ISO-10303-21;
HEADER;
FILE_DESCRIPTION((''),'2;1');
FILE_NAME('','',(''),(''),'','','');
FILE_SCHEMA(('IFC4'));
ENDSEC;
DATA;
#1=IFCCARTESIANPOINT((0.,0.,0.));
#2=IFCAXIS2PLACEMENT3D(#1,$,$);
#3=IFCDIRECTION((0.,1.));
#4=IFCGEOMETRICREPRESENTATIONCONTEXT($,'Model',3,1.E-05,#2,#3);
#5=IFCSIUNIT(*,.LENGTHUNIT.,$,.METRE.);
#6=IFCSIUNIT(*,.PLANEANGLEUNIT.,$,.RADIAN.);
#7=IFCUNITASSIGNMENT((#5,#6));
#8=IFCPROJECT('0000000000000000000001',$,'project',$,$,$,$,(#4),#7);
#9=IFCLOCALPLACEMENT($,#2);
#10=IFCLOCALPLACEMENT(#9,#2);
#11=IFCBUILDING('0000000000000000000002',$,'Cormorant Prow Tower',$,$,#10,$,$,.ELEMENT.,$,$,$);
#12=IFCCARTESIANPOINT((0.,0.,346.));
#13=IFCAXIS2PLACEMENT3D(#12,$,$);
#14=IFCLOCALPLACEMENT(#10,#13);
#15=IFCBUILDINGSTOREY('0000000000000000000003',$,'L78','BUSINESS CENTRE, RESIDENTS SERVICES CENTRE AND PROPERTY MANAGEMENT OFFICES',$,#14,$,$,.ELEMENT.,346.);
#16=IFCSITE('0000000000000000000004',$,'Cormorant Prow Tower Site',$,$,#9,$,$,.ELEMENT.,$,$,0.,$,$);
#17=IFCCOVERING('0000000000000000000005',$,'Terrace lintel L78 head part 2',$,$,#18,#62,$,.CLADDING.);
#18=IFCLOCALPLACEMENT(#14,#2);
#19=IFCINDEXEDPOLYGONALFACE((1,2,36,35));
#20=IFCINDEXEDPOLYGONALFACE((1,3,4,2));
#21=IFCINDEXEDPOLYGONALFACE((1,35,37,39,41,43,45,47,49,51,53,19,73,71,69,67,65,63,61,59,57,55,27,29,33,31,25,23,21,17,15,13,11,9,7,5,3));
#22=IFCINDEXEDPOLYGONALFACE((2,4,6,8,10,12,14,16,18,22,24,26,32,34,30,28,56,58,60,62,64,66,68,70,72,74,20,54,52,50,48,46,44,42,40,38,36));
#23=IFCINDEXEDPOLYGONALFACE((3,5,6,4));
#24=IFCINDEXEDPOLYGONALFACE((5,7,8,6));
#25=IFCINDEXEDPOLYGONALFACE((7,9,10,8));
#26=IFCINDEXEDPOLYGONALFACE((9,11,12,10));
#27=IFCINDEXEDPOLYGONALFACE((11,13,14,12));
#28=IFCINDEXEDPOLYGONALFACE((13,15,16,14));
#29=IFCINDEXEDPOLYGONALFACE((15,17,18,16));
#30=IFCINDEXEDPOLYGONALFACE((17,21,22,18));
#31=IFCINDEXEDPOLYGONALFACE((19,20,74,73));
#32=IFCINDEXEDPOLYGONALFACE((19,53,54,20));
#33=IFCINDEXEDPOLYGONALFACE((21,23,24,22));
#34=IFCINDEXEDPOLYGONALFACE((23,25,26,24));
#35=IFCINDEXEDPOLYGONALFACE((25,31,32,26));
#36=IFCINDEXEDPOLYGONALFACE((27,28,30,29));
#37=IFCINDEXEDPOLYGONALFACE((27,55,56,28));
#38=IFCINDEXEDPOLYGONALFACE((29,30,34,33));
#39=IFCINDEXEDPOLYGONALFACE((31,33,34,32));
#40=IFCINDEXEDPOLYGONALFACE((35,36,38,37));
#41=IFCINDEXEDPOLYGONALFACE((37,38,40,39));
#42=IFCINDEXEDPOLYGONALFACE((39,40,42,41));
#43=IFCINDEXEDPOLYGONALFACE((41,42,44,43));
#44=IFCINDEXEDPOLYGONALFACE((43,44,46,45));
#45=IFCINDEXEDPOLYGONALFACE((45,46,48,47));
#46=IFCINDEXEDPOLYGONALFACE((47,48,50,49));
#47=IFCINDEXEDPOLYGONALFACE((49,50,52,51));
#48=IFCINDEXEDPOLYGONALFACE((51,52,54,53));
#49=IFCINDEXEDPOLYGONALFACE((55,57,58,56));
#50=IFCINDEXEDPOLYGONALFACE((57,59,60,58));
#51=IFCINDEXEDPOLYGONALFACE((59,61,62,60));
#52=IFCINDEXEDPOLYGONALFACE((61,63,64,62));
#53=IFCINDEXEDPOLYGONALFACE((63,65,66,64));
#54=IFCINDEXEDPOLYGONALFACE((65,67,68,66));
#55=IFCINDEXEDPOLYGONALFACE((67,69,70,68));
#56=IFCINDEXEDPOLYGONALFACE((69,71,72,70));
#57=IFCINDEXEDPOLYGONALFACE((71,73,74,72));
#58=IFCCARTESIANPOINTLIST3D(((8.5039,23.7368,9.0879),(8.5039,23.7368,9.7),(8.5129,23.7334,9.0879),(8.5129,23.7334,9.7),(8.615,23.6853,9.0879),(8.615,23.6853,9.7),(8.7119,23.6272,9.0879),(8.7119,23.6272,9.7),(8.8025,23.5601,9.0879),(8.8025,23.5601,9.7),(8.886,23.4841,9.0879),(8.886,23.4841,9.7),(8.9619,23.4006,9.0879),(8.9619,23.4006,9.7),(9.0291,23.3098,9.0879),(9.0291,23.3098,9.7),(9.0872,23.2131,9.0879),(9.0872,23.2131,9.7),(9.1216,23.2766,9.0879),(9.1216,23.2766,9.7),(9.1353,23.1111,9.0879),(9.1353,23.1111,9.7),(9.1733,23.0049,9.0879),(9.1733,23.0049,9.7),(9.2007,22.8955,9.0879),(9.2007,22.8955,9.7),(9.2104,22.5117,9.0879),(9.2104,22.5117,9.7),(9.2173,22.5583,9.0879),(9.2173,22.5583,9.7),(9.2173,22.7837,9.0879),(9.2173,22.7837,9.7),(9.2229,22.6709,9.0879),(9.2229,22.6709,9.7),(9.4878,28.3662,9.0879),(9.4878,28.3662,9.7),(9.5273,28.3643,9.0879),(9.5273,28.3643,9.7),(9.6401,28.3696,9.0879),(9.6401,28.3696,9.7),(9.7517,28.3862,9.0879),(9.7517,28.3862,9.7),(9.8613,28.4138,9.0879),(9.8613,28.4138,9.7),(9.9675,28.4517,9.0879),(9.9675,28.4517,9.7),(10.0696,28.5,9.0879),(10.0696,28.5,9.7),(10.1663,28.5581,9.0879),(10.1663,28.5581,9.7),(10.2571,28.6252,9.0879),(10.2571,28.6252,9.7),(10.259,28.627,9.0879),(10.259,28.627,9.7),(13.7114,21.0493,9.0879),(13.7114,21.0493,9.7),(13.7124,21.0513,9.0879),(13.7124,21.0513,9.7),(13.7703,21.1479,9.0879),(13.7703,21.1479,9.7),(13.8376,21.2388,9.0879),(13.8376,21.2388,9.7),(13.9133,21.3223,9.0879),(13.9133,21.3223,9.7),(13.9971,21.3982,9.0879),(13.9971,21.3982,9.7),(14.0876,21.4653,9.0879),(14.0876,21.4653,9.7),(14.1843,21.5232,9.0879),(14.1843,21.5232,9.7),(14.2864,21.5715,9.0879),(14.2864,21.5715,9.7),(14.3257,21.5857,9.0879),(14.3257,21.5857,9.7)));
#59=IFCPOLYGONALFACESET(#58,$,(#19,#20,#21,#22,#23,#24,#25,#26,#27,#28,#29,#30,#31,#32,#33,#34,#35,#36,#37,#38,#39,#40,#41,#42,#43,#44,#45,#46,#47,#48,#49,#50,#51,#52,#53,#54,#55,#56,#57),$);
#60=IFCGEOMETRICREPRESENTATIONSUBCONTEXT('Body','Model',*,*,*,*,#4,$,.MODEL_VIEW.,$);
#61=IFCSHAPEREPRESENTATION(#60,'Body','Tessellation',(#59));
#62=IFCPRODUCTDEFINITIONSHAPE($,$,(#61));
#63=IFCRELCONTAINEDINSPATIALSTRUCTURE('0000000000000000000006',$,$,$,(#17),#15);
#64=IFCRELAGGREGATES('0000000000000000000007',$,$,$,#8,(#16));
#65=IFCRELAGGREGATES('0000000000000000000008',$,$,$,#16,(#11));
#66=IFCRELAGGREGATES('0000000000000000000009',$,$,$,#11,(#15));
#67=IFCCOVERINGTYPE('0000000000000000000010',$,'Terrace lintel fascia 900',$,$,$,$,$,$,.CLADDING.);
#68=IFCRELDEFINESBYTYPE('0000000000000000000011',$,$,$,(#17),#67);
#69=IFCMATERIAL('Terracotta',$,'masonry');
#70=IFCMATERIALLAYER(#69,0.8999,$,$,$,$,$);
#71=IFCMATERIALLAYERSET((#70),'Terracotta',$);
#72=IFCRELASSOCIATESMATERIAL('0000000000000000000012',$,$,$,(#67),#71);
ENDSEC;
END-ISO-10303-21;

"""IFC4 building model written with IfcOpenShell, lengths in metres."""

from ifc_helpers import new_model, si_unit, direction, frame, origin, place, context, subcontext, project, spatial, polyline, outline, extrude, material, layer, layer_set, type_object, element, save


model = new_model("IFC4")

# Units and contexts
model_context = context("Model", 3, precision=1e-05, world=origin(), true_north=direction((0.0, 1.0)))
body_context = subcontext(model_context, "Body", "Model", "MODEL_VIEW")
ifc_project = project(units=[si_unit("LENGTHUNIT", "METRE"), si_unit("PLANEANGLEUNIT", "RADIAN")], contexts=[model_context])

# Site, building, storey
site_placement = place(None, origin())
site = spatial("IfcSite", under=ifc_project, at=site_placement, Name="Cormorant Prow Tower Site", CompositionType="ELEMENT", RefElevation=0.0)
building_placement = place(site_placement, origin())
building = spatial("IfcBuilding", under=site, at=building_placement, Name="Cormorant Prow Tower", CompositionType="ELEMENT")
storey_placement = place(building_placement, frame((0.0, 0.0, 346.0)))
storey = spatial("IfcBuildingStorey", under=building, at=storey_placement, Name="L78", Description="BUSINESS CENTRE, RESIDENTS SERVICES CENTRE AND PROPERTY MANAGEMENT OFFICES", CompositionType="ELEMENT", Elevation=346.0)

# Covering
ifc_material_1 = material(Name="Terracotta", Category="masonry")
ifc_layer_1 = layer(ifc_material_1, 0.8999)
ifc_layer_set_1 = layer_set([ifc_layer_1], Name="Terracotta")
covering_type = type_object("IfcCoveringType", Name="Terrace lintel fascia 900", PredefinedType="CLADDING", material=ifc_layer_set_1)
covering_1_placement = place(storey_placement, frame((0.0, 0.0, 9.0879)))
element("IfcCovering", 1, at=covering_1_placement, inside=storey, type_object=covering_type, Name="Terrace lintel L78 head part 2", PredefinedType="CLADDING", context=body_context, shape_type="SweptSolid", body=[
    extrude(outline(polyline([(9.2173, 22.5583), (9.2229, 22.6709), (9.2173, 22.7837), (9.2007, 22.8955), (9.1733, 23.0049), (9.1353, 23.1111), (9.0872, 23.2131), (9.0291, 23.3098), (8.9619, 23.4006), (8.886, 23.4841), (8.8025, 23.5601), (8.7119, 23.6272), (8.615, 23.6853), (8.5129, 23.7334), (8.5039, 23.7368), (9.4878, 28.3662), (9.5273, 28.3643), (9.6401, 28.3696), (9.7517, 28.3862), (9.8613, 28.4138), (9.9675, 28.4517), (10.0696, 28.5), (10.1663, 28.5581), (10.2571, 28.6252), (10.259, 28.627), (9.1216, 23.2766), (14.3257, 21.5857), (14.2864, 21.5715), (14.1843, 21.5232), (14.0876, 21.4653), (13.9971, 21.3982), (13.9133, 21.3223), (13.8376, 21.2388), (13.7703, 21.1479), (13.7124, 21.0513), (13.7114, 21.0493), (9.2104, 22.5117), (9.2173, 22.5583)])), origin(), (0.0, 0.0, 1.0), 0.6121),
])

save(model, "model.ifc")
